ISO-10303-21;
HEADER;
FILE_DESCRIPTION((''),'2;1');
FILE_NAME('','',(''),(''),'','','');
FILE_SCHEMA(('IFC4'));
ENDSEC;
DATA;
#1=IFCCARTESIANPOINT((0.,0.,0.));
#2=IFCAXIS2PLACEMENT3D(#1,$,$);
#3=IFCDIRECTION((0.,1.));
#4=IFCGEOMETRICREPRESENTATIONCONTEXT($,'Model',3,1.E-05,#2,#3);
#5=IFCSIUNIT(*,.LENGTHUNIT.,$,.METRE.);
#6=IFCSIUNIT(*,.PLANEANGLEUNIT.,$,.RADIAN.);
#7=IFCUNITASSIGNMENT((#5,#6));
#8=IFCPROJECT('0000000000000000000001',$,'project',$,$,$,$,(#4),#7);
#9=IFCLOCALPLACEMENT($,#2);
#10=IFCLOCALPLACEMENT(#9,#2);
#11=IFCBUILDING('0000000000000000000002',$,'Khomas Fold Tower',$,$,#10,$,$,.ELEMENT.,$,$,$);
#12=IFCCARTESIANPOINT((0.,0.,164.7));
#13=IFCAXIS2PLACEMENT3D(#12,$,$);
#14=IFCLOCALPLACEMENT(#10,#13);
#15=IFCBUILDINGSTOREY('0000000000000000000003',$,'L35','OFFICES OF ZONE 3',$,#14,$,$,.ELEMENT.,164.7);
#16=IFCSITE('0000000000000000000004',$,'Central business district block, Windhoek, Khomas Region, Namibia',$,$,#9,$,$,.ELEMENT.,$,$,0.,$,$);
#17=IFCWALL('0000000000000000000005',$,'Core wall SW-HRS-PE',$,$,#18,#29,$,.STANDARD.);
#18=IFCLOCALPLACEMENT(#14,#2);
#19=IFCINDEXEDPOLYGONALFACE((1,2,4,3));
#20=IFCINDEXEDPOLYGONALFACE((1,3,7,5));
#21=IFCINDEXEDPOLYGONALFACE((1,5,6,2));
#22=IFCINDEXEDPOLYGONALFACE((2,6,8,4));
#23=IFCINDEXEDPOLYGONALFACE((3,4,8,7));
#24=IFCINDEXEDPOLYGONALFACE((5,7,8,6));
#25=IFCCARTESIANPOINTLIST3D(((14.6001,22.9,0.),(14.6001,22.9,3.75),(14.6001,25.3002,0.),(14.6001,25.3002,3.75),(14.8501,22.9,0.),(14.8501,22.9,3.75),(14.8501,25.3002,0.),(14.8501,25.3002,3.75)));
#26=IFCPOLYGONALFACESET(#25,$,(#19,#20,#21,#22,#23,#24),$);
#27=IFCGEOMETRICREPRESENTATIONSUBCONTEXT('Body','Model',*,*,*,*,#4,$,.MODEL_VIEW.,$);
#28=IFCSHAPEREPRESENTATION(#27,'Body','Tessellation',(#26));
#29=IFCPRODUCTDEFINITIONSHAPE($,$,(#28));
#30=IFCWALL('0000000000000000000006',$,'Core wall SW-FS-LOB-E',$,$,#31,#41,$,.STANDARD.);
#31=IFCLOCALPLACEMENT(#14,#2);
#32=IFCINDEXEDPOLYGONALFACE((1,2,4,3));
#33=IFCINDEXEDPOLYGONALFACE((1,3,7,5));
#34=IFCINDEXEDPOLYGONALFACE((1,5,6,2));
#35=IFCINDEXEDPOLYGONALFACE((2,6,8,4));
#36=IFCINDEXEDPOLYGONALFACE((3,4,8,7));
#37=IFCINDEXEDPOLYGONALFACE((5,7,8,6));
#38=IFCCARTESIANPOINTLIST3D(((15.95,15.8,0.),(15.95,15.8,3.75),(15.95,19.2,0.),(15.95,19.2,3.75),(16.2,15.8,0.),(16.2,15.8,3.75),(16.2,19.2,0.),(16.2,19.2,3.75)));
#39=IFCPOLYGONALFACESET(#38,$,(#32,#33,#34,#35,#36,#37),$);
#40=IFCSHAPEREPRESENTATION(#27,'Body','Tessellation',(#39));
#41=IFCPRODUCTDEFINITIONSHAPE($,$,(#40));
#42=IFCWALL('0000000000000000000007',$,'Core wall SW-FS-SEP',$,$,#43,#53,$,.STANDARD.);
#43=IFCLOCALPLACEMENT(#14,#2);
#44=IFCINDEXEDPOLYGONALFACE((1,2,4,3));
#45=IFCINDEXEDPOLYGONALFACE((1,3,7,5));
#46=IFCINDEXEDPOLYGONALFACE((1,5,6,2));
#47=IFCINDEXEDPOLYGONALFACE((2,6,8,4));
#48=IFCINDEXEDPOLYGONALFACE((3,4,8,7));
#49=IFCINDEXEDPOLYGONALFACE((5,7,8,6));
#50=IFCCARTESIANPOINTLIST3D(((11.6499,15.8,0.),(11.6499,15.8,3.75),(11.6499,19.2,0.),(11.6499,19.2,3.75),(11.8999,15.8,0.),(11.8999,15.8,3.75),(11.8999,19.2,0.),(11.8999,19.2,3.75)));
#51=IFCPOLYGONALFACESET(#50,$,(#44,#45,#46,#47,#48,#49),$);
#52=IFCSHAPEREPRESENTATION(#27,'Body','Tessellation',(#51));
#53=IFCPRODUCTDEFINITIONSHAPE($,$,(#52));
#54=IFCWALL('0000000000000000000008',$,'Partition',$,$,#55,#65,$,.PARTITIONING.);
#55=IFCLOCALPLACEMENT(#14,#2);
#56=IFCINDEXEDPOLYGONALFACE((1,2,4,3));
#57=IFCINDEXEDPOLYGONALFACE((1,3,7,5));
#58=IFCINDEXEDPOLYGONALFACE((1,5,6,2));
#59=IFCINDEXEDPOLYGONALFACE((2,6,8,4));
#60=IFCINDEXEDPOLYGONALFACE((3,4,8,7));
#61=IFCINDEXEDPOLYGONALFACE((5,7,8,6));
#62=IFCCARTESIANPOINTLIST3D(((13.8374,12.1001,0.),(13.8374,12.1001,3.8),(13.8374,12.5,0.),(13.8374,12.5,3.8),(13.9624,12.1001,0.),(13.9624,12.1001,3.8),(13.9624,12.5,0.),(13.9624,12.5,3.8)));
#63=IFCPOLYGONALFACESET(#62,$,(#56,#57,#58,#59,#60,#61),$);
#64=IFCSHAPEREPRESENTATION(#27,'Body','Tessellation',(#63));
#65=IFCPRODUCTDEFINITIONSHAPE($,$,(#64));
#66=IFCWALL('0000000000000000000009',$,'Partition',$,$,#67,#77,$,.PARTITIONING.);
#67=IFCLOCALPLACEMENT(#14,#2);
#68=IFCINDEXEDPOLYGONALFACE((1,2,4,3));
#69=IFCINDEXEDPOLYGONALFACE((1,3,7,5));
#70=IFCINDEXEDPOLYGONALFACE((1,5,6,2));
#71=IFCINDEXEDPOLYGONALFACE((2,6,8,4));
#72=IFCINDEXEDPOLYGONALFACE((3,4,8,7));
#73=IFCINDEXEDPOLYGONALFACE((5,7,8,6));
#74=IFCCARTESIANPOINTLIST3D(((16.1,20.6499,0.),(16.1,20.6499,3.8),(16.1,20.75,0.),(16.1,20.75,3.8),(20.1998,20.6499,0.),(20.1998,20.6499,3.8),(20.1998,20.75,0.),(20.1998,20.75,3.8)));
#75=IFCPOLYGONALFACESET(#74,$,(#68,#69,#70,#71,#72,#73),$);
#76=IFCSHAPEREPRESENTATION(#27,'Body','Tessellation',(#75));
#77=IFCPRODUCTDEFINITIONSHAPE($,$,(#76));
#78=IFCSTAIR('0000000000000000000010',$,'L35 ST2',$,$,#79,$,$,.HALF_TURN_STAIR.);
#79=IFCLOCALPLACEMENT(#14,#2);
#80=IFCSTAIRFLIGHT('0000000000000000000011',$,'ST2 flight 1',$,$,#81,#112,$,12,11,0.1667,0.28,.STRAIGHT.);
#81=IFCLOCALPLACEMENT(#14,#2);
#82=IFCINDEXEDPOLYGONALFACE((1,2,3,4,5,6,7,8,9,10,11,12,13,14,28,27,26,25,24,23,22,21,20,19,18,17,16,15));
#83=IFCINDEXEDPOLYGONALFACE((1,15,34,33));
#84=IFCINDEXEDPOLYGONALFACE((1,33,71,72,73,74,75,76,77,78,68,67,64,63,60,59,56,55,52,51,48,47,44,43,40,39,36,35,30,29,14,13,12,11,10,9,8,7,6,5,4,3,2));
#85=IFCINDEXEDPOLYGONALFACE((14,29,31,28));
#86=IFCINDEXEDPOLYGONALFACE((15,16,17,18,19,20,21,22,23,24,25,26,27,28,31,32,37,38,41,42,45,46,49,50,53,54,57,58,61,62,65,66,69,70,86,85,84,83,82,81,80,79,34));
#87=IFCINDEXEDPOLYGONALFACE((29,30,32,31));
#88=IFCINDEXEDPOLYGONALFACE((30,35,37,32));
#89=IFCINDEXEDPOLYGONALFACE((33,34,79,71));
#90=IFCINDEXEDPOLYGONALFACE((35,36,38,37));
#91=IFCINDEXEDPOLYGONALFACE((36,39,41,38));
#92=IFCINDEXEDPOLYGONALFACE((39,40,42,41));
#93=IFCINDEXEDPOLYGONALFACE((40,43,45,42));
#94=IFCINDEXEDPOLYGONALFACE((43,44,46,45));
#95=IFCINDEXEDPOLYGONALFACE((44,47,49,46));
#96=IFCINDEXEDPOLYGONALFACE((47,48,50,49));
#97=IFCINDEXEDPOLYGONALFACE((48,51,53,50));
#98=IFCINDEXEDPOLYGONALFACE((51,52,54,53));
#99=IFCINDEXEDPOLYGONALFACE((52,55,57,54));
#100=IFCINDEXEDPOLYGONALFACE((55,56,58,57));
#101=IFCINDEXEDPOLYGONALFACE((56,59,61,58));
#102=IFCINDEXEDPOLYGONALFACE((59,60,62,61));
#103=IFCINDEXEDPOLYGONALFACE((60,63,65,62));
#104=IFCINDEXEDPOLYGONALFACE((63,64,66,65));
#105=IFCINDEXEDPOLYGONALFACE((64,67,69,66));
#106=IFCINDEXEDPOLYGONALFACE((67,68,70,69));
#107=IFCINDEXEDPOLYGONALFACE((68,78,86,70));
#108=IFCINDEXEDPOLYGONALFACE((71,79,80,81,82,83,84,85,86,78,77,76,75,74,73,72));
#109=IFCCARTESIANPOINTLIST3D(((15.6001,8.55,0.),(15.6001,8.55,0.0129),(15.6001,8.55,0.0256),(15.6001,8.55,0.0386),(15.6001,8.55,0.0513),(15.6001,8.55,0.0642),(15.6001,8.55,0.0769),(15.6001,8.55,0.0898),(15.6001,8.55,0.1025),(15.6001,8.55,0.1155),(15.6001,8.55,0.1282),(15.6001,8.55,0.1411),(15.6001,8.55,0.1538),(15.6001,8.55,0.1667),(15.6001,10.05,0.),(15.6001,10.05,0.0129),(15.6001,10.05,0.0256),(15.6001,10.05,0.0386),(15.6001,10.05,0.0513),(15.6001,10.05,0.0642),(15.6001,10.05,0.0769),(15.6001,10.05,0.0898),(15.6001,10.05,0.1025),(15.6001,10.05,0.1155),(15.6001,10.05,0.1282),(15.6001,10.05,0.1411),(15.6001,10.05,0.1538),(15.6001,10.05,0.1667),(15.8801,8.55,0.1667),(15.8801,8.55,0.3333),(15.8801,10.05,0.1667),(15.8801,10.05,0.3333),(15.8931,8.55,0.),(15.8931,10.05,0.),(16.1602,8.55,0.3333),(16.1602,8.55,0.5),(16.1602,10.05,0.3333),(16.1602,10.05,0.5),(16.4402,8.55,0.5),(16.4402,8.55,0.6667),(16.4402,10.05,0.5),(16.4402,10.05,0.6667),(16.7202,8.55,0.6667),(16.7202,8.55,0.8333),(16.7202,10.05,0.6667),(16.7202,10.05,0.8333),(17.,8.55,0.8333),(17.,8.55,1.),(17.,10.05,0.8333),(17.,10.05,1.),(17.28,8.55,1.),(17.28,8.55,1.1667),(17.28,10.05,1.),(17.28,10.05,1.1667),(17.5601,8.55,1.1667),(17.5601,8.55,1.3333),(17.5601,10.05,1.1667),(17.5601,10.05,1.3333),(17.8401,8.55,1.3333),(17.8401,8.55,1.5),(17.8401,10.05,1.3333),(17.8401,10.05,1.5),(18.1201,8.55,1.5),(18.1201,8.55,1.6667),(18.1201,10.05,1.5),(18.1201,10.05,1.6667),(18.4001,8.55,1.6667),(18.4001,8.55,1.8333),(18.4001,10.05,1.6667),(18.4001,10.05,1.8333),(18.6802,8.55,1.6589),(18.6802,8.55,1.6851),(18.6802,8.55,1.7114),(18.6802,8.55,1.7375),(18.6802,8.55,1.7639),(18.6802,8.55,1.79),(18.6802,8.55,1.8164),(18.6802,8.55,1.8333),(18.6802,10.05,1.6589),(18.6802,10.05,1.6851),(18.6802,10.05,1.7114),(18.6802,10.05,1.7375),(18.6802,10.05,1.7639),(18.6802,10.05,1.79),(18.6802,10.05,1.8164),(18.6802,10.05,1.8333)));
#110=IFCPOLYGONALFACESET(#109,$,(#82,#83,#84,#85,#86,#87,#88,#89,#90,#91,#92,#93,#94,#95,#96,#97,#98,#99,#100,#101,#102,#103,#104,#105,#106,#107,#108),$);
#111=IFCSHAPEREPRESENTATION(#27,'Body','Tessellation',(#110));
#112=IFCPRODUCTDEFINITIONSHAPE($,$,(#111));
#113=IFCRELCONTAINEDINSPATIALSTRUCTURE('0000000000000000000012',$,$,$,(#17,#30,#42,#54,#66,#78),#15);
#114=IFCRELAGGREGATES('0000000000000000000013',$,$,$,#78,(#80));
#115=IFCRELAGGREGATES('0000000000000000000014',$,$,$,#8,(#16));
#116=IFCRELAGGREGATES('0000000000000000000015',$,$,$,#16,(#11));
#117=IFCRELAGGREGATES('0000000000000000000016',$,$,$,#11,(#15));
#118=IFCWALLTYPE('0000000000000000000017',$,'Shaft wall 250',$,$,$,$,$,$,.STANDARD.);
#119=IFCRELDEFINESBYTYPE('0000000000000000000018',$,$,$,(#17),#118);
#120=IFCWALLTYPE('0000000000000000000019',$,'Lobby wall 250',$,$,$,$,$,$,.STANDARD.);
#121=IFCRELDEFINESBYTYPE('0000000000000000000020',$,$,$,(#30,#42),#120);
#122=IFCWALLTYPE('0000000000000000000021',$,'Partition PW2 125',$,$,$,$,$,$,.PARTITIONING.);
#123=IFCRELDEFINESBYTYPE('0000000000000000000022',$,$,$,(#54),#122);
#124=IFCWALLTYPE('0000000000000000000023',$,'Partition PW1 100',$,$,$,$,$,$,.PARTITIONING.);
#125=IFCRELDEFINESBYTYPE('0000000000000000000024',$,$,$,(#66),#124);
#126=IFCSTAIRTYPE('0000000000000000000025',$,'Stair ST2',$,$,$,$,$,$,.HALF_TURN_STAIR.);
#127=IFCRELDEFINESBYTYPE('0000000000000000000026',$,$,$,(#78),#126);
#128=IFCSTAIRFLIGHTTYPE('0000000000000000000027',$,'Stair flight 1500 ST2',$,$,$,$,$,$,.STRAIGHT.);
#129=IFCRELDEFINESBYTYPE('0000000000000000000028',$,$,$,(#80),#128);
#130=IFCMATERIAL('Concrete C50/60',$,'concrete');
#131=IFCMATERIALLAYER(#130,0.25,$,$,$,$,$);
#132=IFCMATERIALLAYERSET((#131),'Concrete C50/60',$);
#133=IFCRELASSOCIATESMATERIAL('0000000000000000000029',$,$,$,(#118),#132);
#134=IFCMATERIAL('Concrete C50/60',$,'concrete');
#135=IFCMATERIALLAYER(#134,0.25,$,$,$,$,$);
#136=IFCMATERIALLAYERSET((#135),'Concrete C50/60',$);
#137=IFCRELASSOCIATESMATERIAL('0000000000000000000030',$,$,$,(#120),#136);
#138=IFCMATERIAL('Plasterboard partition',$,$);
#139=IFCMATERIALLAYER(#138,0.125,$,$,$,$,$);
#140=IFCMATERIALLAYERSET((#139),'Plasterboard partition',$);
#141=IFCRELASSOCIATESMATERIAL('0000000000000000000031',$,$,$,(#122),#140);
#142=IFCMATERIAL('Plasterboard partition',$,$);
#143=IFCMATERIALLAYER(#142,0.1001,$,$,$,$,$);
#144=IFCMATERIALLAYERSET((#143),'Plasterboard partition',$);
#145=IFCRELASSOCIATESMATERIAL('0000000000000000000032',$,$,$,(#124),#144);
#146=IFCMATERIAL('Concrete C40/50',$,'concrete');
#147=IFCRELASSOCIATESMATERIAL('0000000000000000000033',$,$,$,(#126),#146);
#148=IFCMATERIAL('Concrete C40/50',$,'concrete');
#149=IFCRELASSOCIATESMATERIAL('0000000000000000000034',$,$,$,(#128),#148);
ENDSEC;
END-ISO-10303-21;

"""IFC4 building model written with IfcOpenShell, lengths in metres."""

from ifc_helpers import new_model, si_unit, direction, frame, frame_2d, origin, place, context, subcontext, project, spatial, polyline, rectangle, outline, extrude, source, transform, mapped, material, layer, layer_set, type_object, element, aggregate, save


model = new_model("IFC4")

# Units and contexts
model_context = context("Model", 3, precision=1e-05, world=origin(), true_north=direction((0.0, 1.0)))
body_context = subcontext(model_context, "Body", "Model", "MODEL_VIEW")
ifc_project = project(units=[si_unit("LENGTHUNIT", "METRE"), si_unit("PLANEANGLEUNIT", "RADIAN")], contexts=[model_context])

# Site, building, storey
site_placement = place(None, origin())
site = spatial("IfcSite", under=ifc_project, at=site_placement, Name="Central business district block, Windhoek, Khomas Region, Namibia", CompositionType="ELEMENT", RefElevation=0.0)
building_placement = place(site_placement, origin())
building = spatial("IfcBuilding", under=site, at=building_placement, Name="Khomas Fold Tower", CompositionType="ELEMENT")
storey_placement = place(building_placement, frame((0.0, 0.0, 164.7)))
storey = spatial("IfcBuildingStorey", under=building, at=storey_placement, Name="L35", Description="OFFICES OF ZONE 3", CompositionType="ELEMENT", Elevation=164.7)

# Walls
ifc_material_1 = material(Name="Concrete C50/60", Category="concrete")
ifc_layer_1 = layer(ifc_material_1, 0.25)
ifc_layer_set_1 = layer_set([ifc_layer_1], Name="Concrete C50/60")
wall_type_1 = type_object("IfcWallType", Name="Shaft wall 250", PredefinedType="STANDARD", material=ifc_layer_set_1)
shared_shape_1 = source(origin(), body_context, "Body", "SweptSolid", [
    extrude(rectangle(XDim=2.4001, YDim=0.25, at=frame_2d((1.2002, 0.0))), origin(), (0.0, 0.0, 1.0), 3.75),
])
for number, where, z_axis, x_axis, name in (
    (1, (14.7251, 22.8999, 0.0), (0.0, 0.0, 1.0), (0.0, 1.0, 0.0), "Core wall SW-HRS-PE"),
):
    element("IfcWall", number, at=place(storey_placement, frame(where, z_axis=z_axis, x_axis=x_axis)), inside=storey, type_object=wall_type_1, Name=name, PredefinedType="STANDARD", context=body_context, shape_type="MappedRepresentation", body=[
        mapped(shared_shape_1, transform((0.0, 0.0, 0.0))),
    ])
ifc_material_2 = material(Name="Concrete C50/60", Category="concrete")
ifc_layer_2 = layer(ifc_material_2, 0.25)
ifc_layer_set_2 = layer_set([ifc_layer_2], Name="Concrete C50/60")
wall_type_2 = type_object("IfcWallType", Name="Lobby wall 250", PredefinedType="STANDARD", material=ifc_layer_set_2)
shared_shape_2 = source(origin(), body_context, "Body", "SweptSolid", [
    extrude(rectangle(XDim=3.3999, YDim=0.25, at=frame_2d((1.7, 0.0))), origin(), (0.0, 0.0, 1.0), 3.75),
])
for number, where, z_axis, x_axis, name in (
    (2, (16.075, 15.8, 0.0), (0.0, 0.0, 1.0), (0.0, 1.0, 0.0), "Core wall SW-FS-LOB-E"),
    (3, (11.7749, 15.8, 0.0), (0.0, 0.0, 1.0), (0.0, 1.0, 0.0), "Core wall SW-FS-SEP"),
):
    element("IfcWall", number, at=place(storey_placement, frame(where, z_axis=z_axis, x_axis=x_axis)), inside=storey, type_object=wall_type_2, Name=name, PredefinedType="STANDARD", context=body_context, shape_type="MappedRepresentation", body=[
        mapped(shared_shape_2, transform((0.0, 0.0, 0.0))),
    ])
ifc_material_3 = material(Name="Plasterboard partition")
ifc_layer_3 = layer(ifc_material_3, 0.125)
ifc_layer_set_3 = layer_set([ifc_layer_3], Name="Plasterboard partition")
wall_type_3 = type_object("IfcWallType", Name="Partition PW2 125", PredefinedType="PARTITIONING", material=ifc_layer_set_3)
shared_shape_3 = source(origin(), body_context, "Body", "SweptSolid", [
    extrude(rectangle(XDim=0.3999, YDim=0.125, at=frame_2d((0.2, 0.0))), origin(), (0.0, 0.0, 1.0), 3.8),
])
wall_1_placement = place(storey_placement, frame((13.8999, 12.1001, 0.0), z_axis=(0.0, 0.0, 1.0), x_axis=(0.0, 1.0, 0.0)))
element("IfcWall", 4, at=wall_1_placement, inside=storey, type_object=wall_type_3, Name="Partition", PredefinedType="PARTITIONING", context=body_context, shape_type="MappedRepresentation", body=[
    mapped(shared_shape_3, transform((0.0, 0.0, 0.0))),
])
ifc_material_4 = material(Name="Plasterboard partition")
ifc_layer_4 = layer(ifc_material_4, 0.1001)
ifc_layer_set_4 = layer_set([ifc_layer_4], Name="Plasterboard partition")
wall_type_4 = type_object("IfcWallType", Name="Partition PW1 100", PredefinedType="PARTITIONING", material=ifc_layer_set_4)
shared_shape_4 = source(origin(), body_context, "Body", "SweptSolid", [
    extrude(rectangle(XDim=4.0999, YDim=0.1001, at=frame_2d((2.0498, 0.0))), origin(), (0.0, 0.0, 1.0), 3.8),
])
wall_2_placement = place(storey_placement, frame((16.1001, 20.7, 0.0), z_axis=(0.0, 0.0, 1.0), x_axis=(1.0, 0.0, 0.0)))
element("IfcWall", 5, at=wall_2_placement, inside=storey, type_object=wall_type_4, Name="Partition", PredefinedType="PARTITIONING", context=body_context, shape_type="MappedRepresentation", body=[
    mapped(shared_shape_4, transform((0.0, 0.0, 0.0))),
])

# Stair, stair flight
ifc_material_5 = material(Name="Concrete C40/50", Category="concrete")
stair_type = type_object("IfcStairType", Name="Stair ST2", PredefinedType="HALF_TURN_STAIR", material=ifc_material_5)
stair_placement = place(storey_placement, origin())
stair = element("IfcStair", 6, at=stair_placement, inside=storey, type_object=stair_type, Name="L35 ST2", PredefinedType="HALF_TURN_STAIR")
ifc_material_6 = material(Name="Concrete C40/50", Category="concrete")
stair_flight_type = type_object("IfcStairFlightType", Name="Stair flight 1500 ST2", PredefinedType="STRAIGHT", material=ifc_material_6)
shared_shape_5 = source(origin(), body_context, "Body", "SweptSolid", [
    extrude(outline(polyline([(0.0, 0.0), (0.0, 0.0129), (0.0, 0.0256), (0.0, 0.0386), (0.0, 0.0513), (0.0, 0.0642), (0.0, 0.0769), (0.0, 0.0898), (0.0, 0.1025), (0.0, 0.1155), (0.0, 0.1282), (0.0, 0.1411), (0.0, 0.1538), (0.0, 0.1667), (0.28, 0.1667), (0.28, 0.3333), (0.5601, 0.3333), (0.5601, 0.5), (0.8401, 0.5), (0.8401, 0.6667), (1.1201, 0.6667), (1.1201, 0.8333), (1.3999, 0.8333), (1.3999, 1.0), (1.6799, 1.0), (1.6799, 1.1667), (1.96, 1.1667), (1.96, 1.3333), (2.24, 1.3333), (2.24, 1.5), (2.52, 1.5), (2.52, 1.6667), (2.8, 1.6667), (2.8, 1.8333), (3.0801, 1.8333), (3.0801, 2.0), (3.0801, 1.9739), (3.0801, 1.9475), (3.0801, 1.9214), (3.0801, 1.895), (3.0801, 1.8689), (3.0801, 1.8425), (3.0801, 1.8164), (3.0801, 1.79), (3.0801, 1.7639), (3.0801, 1.7375), (3.0801, 1.7114), (3.0801, 1.6851), (3.0801, 1.6589), (0.293, 0.0), (0.0, 0.0)])), frame((0.0, 0.75, 0.0), z_axis=(0.0, -1.0, 0.0), x_axis=(1.0, 0.0, 0.0)), (0.0, 0.0, 1.0), 1.5),
])
stair_flight_placement = place(storey_placement, frame((15.6001, 9.3, 0.0), z_axis=(0.0, 0.0, 1.0), x_axis=(1.0, 0.0, 0.0)))
stair_flight = element("IfcStairFlight", 7, at=stair_flight_placement, type_object=stair_flight_type, Name="ST2 flight 1", NumberOfRisers=12, NumberOfTreads=11, PredefinedType="STRAIGHT", RiserHeight=0.1667, TreadLength=0.28, context=body_context, shape_type="MappedRepresentation", body=[
    mapped(shared_shape_5, transform((0.0, 0.0, 0.0))),
])
aggregate(stair, [stair_flight])

save(model, "model.ifc")
